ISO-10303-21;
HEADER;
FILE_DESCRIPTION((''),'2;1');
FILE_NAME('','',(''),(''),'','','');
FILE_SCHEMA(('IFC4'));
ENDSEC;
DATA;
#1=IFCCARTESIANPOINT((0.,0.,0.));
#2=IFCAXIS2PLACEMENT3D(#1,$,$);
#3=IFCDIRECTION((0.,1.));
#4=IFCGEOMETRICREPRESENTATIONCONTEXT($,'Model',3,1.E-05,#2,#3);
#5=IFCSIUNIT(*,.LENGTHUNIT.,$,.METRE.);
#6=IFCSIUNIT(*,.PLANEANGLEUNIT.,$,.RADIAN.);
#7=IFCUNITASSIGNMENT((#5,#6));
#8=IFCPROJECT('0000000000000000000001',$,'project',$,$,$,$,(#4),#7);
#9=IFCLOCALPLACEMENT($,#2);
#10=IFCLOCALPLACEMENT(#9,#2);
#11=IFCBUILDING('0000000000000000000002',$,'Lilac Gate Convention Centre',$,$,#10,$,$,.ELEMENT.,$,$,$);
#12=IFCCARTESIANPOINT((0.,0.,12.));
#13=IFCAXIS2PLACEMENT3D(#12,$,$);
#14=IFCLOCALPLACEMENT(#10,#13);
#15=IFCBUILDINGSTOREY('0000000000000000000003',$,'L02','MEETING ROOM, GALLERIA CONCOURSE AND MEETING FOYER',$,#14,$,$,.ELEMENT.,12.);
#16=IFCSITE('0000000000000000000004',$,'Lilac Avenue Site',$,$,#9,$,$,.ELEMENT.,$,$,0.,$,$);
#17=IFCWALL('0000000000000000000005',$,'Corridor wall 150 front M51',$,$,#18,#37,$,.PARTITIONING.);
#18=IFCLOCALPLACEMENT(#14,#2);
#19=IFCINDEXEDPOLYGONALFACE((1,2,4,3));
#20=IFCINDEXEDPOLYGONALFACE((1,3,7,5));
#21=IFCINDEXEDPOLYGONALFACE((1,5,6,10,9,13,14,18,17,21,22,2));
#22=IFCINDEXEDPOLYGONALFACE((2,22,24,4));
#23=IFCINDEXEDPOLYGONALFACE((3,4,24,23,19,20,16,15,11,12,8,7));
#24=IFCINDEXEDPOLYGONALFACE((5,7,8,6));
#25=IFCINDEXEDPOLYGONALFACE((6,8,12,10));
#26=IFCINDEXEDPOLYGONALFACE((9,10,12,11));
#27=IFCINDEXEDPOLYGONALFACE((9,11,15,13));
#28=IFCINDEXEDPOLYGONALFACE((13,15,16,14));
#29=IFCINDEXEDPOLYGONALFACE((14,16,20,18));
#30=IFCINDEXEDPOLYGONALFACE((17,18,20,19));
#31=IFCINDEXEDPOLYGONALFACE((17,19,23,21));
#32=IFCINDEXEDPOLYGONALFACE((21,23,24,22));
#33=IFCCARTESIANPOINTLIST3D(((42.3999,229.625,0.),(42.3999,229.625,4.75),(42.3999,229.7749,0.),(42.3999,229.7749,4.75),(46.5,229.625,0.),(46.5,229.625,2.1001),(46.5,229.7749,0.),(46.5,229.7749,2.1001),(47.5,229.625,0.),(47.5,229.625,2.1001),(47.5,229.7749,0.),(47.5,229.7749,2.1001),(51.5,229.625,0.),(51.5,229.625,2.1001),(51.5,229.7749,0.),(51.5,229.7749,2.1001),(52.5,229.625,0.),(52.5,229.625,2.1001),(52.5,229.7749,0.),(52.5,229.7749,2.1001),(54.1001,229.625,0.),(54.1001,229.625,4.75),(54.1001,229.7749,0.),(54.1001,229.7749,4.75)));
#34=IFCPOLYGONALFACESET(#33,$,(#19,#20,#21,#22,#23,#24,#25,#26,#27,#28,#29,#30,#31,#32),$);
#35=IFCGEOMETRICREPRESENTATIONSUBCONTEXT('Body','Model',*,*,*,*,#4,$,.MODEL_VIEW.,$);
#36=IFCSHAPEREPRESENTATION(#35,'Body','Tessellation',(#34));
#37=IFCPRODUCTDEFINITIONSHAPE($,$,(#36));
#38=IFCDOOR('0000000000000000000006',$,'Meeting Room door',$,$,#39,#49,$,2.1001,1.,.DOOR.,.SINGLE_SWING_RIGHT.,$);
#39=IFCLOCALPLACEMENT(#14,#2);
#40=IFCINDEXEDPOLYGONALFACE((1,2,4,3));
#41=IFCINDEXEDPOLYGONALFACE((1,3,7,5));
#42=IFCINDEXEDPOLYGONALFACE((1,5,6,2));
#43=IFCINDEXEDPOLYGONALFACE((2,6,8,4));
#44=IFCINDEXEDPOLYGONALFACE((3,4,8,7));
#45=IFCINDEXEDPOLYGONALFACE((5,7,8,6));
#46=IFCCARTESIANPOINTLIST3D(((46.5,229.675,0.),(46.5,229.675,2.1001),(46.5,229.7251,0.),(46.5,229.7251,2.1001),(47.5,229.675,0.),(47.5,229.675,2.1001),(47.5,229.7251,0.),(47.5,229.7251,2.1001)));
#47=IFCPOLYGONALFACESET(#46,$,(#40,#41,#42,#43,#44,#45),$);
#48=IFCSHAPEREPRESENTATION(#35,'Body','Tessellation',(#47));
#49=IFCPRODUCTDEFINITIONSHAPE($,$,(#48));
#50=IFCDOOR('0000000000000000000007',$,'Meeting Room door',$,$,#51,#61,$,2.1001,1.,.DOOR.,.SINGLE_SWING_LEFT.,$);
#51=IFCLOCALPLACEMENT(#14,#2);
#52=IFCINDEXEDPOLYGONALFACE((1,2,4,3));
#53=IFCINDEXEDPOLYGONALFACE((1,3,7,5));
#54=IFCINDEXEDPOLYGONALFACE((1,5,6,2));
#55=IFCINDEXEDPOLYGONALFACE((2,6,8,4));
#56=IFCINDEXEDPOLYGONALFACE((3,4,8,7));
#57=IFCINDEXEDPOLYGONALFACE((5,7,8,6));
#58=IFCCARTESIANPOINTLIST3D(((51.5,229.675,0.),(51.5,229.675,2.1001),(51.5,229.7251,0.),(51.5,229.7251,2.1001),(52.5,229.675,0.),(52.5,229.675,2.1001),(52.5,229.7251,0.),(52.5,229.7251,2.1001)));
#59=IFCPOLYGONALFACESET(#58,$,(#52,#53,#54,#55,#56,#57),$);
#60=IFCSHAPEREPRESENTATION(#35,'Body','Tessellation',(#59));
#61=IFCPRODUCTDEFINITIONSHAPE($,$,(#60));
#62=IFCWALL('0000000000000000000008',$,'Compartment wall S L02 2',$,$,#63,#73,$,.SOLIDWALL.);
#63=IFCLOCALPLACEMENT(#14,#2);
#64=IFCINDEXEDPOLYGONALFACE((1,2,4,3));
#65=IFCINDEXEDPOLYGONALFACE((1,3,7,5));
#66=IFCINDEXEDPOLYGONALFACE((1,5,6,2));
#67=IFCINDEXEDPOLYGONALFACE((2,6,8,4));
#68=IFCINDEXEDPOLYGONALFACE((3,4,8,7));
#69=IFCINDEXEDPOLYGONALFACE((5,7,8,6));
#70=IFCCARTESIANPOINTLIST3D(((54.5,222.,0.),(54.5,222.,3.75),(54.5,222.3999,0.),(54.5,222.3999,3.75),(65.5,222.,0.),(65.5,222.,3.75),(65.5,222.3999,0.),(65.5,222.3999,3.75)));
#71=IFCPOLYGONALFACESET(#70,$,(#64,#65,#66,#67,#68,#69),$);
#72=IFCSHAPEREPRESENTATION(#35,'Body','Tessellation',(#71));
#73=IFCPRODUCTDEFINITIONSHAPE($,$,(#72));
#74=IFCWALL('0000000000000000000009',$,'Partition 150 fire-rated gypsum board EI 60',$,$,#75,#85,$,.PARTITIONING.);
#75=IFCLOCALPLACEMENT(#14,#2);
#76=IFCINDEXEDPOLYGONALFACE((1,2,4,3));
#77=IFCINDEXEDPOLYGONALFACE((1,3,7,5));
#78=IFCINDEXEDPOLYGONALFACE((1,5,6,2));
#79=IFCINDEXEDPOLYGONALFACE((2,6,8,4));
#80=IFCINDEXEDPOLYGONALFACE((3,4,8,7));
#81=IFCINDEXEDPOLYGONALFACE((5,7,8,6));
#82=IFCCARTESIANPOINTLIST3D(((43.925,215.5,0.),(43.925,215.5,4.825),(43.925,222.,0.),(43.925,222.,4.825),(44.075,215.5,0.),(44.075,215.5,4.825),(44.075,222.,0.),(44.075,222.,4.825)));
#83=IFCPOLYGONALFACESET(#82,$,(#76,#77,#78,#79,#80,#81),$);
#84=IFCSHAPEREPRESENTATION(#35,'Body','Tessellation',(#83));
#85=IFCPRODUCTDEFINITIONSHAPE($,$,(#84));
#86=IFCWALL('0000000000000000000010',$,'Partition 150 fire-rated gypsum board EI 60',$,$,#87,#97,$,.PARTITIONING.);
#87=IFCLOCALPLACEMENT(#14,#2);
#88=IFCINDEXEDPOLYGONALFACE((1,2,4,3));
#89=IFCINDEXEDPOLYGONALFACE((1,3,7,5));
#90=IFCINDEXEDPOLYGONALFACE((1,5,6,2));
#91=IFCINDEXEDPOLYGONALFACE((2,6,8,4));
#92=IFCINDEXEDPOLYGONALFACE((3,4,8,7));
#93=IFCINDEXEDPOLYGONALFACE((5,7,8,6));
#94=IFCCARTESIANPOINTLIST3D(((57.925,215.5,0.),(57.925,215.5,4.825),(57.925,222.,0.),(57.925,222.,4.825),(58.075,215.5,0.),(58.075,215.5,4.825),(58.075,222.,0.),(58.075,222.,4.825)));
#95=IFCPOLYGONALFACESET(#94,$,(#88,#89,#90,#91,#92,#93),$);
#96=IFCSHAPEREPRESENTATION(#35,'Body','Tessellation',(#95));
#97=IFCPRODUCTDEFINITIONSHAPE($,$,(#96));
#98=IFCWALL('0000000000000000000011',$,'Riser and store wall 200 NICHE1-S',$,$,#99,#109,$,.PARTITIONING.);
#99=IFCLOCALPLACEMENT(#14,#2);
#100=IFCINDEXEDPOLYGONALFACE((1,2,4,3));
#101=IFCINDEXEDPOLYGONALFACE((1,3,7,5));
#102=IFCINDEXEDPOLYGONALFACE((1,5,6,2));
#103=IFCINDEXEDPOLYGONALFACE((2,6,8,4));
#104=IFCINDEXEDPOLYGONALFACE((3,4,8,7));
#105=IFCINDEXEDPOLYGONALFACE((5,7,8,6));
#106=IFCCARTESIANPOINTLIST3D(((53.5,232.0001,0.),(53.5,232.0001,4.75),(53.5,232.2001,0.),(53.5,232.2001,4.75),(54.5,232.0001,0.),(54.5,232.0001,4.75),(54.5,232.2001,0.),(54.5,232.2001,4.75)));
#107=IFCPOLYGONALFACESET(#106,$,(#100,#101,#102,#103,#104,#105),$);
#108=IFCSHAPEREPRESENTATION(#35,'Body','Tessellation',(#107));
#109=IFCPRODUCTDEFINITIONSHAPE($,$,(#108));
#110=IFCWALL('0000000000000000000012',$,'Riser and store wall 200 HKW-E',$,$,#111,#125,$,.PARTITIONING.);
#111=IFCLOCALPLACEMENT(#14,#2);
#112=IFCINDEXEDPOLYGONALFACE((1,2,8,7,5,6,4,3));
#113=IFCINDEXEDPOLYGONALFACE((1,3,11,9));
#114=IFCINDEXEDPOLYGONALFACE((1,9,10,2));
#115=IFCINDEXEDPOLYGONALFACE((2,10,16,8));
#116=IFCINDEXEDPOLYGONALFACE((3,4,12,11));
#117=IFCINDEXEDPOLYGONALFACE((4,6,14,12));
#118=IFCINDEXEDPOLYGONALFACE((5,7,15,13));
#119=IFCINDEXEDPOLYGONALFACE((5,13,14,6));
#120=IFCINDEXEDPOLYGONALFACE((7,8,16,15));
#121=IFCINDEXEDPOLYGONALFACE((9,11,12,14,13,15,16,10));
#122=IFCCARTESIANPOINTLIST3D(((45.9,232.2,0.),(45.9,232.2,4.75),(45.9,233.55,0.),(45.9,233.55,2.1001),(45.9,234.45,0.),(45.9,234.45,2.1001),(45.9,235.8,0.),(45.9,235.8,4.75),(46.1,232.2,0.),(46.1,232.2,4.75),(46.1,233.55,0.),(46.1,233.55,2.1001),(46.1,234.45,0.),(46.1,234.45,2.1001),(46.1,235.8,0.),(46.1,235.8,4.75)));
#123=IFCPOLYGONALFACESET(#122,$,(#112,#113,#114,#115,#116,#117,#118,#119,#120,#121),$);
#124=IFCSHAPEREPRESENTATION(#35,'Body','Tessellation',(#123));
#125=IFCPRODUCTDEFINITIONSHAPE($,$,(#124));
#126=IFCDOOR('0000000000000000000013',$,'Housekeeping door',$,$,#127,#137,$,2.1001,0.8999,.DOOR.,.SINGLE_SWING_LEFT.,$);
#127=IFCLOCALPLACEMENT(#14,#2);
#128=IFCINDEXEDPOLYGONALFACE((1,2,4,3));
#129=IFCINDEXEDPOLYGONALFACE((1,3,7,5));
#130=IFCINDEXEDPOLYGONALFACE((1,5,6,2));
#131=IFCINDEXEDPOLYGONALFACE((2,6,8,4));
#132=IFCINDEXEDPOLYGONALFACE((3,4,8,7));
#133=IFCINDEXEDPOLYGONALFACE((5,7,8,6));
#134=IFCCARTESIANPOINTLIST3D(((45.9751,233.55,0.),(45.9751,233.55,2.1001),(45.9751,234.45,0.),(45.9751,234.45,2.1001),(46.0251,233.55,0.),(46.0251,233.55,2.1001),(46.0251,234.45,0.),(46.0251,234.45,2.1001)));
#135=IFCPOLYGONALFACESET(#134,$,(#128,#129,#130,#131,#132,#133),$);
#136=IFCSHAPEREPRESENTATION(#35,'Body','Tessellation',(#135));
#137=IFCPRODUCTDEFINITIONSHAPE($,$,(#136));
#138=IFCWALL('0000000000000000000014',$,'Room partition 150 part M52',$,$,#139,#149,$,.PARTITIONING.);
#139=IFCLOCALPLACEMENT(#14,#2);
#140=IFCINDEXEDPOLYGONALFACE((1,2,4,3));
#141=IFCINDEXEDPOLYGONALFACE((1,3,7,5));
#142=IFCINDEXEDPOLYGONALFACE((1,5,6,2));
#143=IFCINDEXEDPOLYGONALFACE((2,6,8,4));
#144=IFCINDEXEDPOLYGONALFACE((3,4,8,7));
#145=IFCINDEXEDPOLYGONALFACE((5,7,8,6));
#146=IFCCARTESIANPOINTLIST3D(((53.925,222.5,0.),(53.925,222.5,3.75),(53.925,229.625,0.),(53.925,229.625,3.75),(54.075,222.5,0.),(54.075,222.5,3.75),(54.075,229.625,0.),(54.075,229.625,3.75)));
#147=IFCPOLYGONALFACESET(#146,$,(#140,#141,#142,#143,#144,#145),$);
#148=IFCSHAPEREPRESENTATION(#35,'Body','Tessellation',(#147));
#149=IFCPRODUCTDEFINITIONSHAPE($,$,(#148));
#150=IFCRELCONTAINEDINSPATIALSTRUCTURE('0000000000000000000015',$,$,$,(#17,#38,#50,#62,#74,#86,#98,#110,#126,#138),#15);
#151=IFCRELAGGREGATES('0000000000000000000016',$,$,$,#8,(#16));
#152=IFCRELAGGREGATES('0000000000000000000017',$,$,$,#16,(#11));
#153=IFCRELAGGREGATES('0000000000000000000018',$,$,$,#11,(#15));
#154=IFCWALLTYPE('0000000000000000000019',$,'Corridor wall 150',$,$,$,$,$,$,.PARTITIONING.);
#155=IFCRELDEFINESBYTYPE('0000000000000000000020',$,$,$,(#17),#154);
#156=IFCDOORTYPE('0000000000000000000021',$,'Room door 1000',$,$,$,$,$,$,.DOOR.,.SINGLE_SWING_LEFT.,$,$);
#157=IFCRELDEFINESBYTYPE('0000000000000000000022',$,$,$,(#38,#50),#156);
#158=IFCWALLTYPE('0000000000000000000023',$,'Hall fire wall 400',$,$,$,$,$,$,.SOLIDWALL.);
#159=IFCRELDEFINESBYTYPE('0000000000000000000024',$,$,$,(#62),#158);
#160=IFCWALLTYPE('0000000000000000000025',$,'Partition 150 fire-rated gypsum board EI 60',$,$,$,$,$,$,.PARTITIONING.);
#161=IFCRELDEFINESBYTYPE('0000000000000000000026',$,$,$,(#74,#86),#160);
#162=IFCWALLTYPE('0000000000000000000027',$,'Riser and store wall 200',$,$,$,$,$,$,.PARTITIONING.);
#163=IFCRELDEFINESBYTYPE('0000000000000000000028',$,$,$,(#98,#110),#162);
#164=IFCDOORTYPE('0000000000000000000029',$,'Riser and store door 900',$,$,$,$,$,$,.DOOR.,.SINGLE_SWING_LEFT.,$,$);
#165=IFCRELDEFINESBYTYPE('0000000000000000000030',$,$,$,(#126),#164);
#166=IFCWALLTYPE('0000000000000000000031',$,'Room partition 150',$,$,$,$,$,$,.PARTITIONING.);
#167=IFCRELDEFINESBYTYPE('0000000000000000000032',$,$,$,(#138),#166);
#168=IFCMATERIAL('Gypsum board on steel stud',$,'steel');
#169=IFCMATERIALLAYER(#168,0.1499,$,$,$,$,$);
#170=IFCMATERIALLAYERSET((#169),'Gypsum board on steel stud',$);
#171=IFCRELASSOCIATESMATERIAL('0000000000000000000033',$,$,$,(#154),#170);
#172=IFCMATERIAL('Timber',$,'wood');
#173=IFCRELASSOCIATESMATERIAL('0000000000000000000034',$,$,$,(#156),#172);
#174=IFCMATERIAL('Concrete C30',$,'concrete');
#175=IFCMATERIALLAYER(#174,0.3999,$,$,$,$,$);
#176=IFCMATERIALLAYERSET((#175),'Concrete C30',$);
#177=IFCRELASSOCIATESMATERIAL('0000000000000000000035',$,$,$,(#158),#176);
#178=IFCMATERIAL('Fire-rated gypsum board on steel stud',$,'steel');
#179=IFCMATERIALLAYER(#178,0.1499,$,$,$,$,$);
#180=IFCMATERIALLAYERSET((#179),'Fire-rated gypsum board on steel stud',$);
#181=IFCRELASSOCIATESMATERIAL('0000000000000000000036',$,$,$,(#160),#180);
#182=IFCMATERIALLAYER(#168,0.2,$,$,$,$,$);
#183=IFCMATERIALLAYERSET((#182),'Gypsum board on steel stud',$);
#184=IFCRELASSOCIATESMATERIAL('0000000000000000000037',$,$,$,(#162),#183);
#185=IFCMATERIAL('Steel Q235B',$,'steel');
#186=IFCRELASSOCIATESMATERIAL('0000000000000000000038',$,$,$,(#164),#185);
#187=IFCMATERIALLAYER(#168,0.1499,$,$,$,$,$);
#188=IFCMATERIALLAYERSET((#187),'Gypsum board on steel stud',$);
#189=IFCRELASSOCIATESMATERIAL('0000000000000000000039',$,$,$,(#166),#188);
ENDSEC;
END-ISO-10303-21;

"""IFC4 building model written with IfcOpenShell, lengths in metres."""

from ifc_helpers import new_model, si_unit, direction, frame, frame_2d, origin, place, context, subcontext, project, spatial, rectangle, extrude, material, layer, layer_set, type_object, element, fill, save


model = new_model("IFC4")

# Units and contexts
model_context = context("Model", 3, precision=1e-05, world=origin(), true_north=direction((0.0, 1.0)))
body_context = subcontext(model_context, "Body", "Model", "MODEL_VIEW")
ifc_project = project(units=[si_unit("LENGTHUNIT", "METRE"), si_unit("PLANEANGLEUNIT", "RADIAN")], contexts=[model_context])

# Site, building, storey
site_placement = place(None, origin())
site = spatial("IfcSite", under=ifc_project, at=site_placement, Name="Lilac Avenue Site", CompositionType="ELEMENT", RefElevation=0.0)
building_placement = place(site_placement, origin())
building = spatial("IfcBuilding", under=site, at=building_placement, Name="Lilac Gate Convention Centre", CompositionType="ELEMENT")
storey_placement = place(building_placement, frame((0.0, 0.0, 12.0)))
storey = spatial("IfcBuildingStorey", under=building, at=storey_placement, Name="L02", Description="MEETING ROOM, GALLERIA CONCOURSE AND MEETING FOYER", CompositionType="ELEMENT", Elevation=12.0)

# Wall, openings, doors
ifc_material_1 = material(Name="Gypsum board on steel stud", Category="steel")
ifc_layer_1 = layer(ifc_material_1, 0.1499)
ifc_layer_set_1 = layer_set([ifc_layer_1], Name="Gypsum board on steel stud")
wall_type_1 = type_object("IfcWallType", Name="Corridor wall 150", PredefinedType="PARTITIONING", material=ifc_layer_set_1)
wall_1_placement = place(storey_placement, frame((54.1001, 229.7, 0.0), z_axis=(0.0, 0.0, 1.0), x_axis=(-1.0, 0.0, 0.0)))
wall_1 = element("IfcWall", 1, at=wall_1_placement, inside=storey, type_object=wall_type_1, Name="Corridor wall 150 front M51", PredefinedType="PARTITIONING", context=body_context, shape_type="SweptSolid", body=[
    extrude(rectangle(XDim=11.7002, YDim=0.1499, at=frame_2d((5.8501, 0.0))), origin(), (0.0, 0.0, 1.0), 4.75),
])
opening_1_placement = place(wall_1_placement, frame((6.6001, 0.0, 0.0)))
opening_1 = element("IfcOpeningElement", 2, at=opening_1_placement, cuts=wall_1, PredefinedType="OPENING", context=body_context, shape_type="SweptSolid", body=[
    extrude(rectangle(XDim=1.0, YDim=2.1001, at=frame_2d((0.5, 1.05))), frame((0.0, 0.085, 0.0), z_axis=(0.0, -1.0, 0.0), x_axis=(1.0, 0.0, 0.0)), (0.0, 0.0, 1.0), 0.1699),
])
opening_2_placement = place(wall_1_placement, frame((1.6001, 0.0, 0.0)))
opening_2 = element("IfcOpeningElement", 3, at=opening_2_placement, cuts=wall_1, PredefinedType="OPENING", context=body_context, shape_type="SweptSolid", body=[
    extrude(rectangle(XDim=1.0, YDim=2.1001, at=frame_2d((0.5, 1.05))), frame((0.0, 0.085, 0.0), z_axis=(0.0, -1.0, 0.0), x_axis=(1.0, 0.0, 0.0)), (0.0, 0.0, 1.0), 0.1699),
])
ifc_material_2 = material(Name="Timber", Category="wood")
door_type_1 = type_object("IfcDoorType", Name="Room door 1000", OperationType="SINGLE_SWING_LEFT", PredefinedType="DOOR", material=ifc_material_2)
door_1_placement = place(opening_1_placement, origin())
door_1 = element("IfcDoor", 4, at=door_1_placement, inside=storey, type_object=door_type_1, Name="Meeting Room door", OperationType="SINGLE_SWING_RIGHT", OverallHeight=2.1001, OverallWidth=1.0, PredefinedType="DOOR", context=body_context, shape_type="SweptSolid", body=[
    extrude(rectangle(XDim=1.0, YDim=2.1001, at=frame_2d((0.5, 1.05))), frame((0.0, 0.0249, 0.0), z_axis=(0.0, -1.0, 0.0), x_axis=(1.0, 0.0, 0.0)), (0.0, 0.0, 1.0), 0.05),
])
fill(opening_1, door_1)
door_2_placement = place(opening_2_placement, origin())
door_2 = element("IfcDoor", 5, at=door_2_placement, inside=storey, type_object=door_type_1, Name="Meeting Room door", OperationType="SINGLE_SWING_LEFT", OverallHeight=2.1001, OverallWidth=1.0, PredefinedType="DOOR", context=body_context, shape_type="SweptSolid", body=[
    extrude(rectangle(XDim=1.0, YDim=2.1001, at=frame_2d((0.5, 1.05))), frame((0.0, 0.0249, 0.0), z_axis=(0.0, -1.0, 0.0), x_axis=(1.0, 0.0, 0.0)), (0.0, 0.0, 1.0), 0.05),
])
fill(opening_2, door_2)

# Walls
ifc_material_3 = material(Name="Concrete C30", Category="concrete")
ifc_layer_2 = layer(ifc_material_3, 0.3999)
ifc_layer_set_2 = layer_set([ifc_layer_2], Name="Concrete C30")
wall_type_2 = type_object("IfcWallType", Name="Hall fire wall 400", PredefinedType="SOLIDWALL", material=ifc_layer_set_2)
wall_2_placement = place(storey_placement, frame((54.5, 222.2, 0.0), z_axis=(0.0, 0.0, 1.0), x_axis=(1.0, 0.0, 0.0)))
element("IfcWall", 6, at=wall_2_placement, inside=storey, type_object=wall_type_2, Name="Compartment wall S L02 2", PredefinedType="SOLIDWALL", context=body_context, shape_type="SweptSolid", body=[
    extrude(rectangle(XDim=11.0, YDim=0.3999, at=frame_2d((5.5, 0.0))), origin(), (0.0, 0.0, 1.0), 3.75),
])
ifc_material_4 = material(Name="Fire-rated gypsum board on steel stud", Category="steel")
ifc_layer_3 = layer(ifc_material_4, 0.1499)
ifc_layer_set_3 = layer_set([ifc_layer_3], Name="Fire-rated gypsum board on steel stud")
wall_type_3 = type_object("IfcWallType", Name="Partition 150 fire-rated gypsum board EI 60", PredefinedType="PARTITIONING", material=ifc_layer_set_3)
for number, where, z_axis, x_axis, name in (
    (7, (44.0, 215.5, 0.0), (0.0, 0.0, 1.0), (0.0, 1.0, 0.0), "Partition 150 fire-rated gypsum board EI 60"),
    (8, (58.0, 215.5, 0.0), (0.0, 0.0, 1.0), (0.0, 1.0, 0.0), "Partition 150 fire-rated gypsum board EI 60"),
):
    element("IfcWall", number, at=place(storey_placement, frame(where, z_axis=z_axis, x_axis=x_axis)), inside=storey, type_object=wall_type_3, Name=name, PredefinedType="PARTITIONING", context=body_context, shape_type="SweptSolid", body=[
        extrude(rectangle(XDim=6.5, YDim=0.1499, at=frame_2d((3.25, 0.0))), origin(), (0.0, 0.0, 1.0), 4.825),
    ])
ifc_layer_4 = layer(ifc_material_1, 0.2)
ifc_layer_set_4 = layer_set([ifc_layer_4], Name="Gypsum board on steel stud")
wall_type_4 = type_object("IfcWallType", Name="Riser and store wall 200", PredefinedType="PARTITIONING", material=ifc_layer_set_4)
wall_3_placement = place(storey_placement, frame((53.5, 232.1001, 0.0), z_axis=(0.0, 0.0, 1.0), x_axis=(1.0, 0.0, 0.0)))
element("IfcWall", 9, at=wall_3_placement, inside=storey, type_object=wall_type_4, Name="Riser and store wall 200 NICHE1-S", PredefinedType="PARTITIONING", context=body_context, shape_type="SweptSolid", body=[
    extrude(rectangle(XDim=1.0, YDim=0.2, at=frame_2d((0.5, 0.0))), origin(), (0.0, 0.0, 1.0), 4.75),
])

# Wall, opening, door
wall_4_placement = place(storey_placement, frame((46.0, 232.2, 0.0), z_axis=(0.0, 0.0, 1.0), x_axis=(0.0, 1.0, 0.0)))
wall_4 = element("IfcWall", 10, at=wall_4_placement, inside=storey, type_object=wall_type_4, Name="Riser and store wall 200 HKW-E", PredefinedType="PARTITIONING", context=body_context, shape_type="SweptSolid", body=[
    extrude(rectangle(XDim=3.6001, YDim=0.2, at=frame_2d((1.8, 0.0))), origin(), (0.0, 0.0, 1.0), 4.75),
])
opening_3_placement = place(wall_4_placement, frame((1.3501, 0.0, 0.0)))
opening_3 = element("IfcOpeningElement", 11, at=opening_3_placement, cuts=wall_4, PredefinedType="OPENING", context=body_context, shape_type="SweptSolid", body=[
    extrude(rectangle(XDim=0.8999, YDim=2.1001, at=frame_2d((0.45, 1.05))), frame((0.0, 0.1099, 0.0), z_axis=(0.0, -1.0, 0.0), x_axis=(1.0, 0.0, 0.0)), (0.0, 0.0, 1.0), 0.22),
])
ifc_material_5 = material(Name="Steel Q235B", Category="steel")
door_type_2 = type_object("IfcDoorType", Name="Riser and store door 900", OperationType="SINGLE_SWING_LEFT", PredefinedType="DOOR", material=ifc_material_5)
door_3_placement = place(opening_3_placement, origin())
door_3 = element("IfcDoor", 12, at=door_3_placement, inside=storey, type_object=door_type_2, Name="Housekeeping door", OperationType="SINGLE_SWING_LEFT", OverallHeight=2.1001, OverallWidth=0.8999, PredefinedType="DOOR", context=body_context, shape_type="SweptSolid", body=[
    extrude(rectangle(XDim=0.8999, YDim=2.1001, at=frame_2d((0.45, 1.05))), frame((0.0, 0.0249, 0.0), z_axis=(0.0, -1.0, 0.0), x_axis=(1.0, 0.0, 0.0)), (0.0, 0.0, 1.0), 0.05),
])
fill(opening_3, door_3)

# Wall
ifc_layer_5 = layer(ifc_material_1, 0.1499)
ifc_layer_set_5 = layer_set([ifc_layer_5], Name="Gypsum board on steel stud")
wall_type_5 = type_object("IfcWallType", Name="Room partition 150", PredefinedType="PARTITIONING", material=ifc_layer_set_5)
wall_5_placement = place(storey_placement, frame((54.0, 222.5, 0.0), z_axis=(0.0, 0.0, 1.0), x_axis=(0.0, 1.0, 0.0)))
element("IfcWall", 13, at=wall_5_placement, inside=storey, type_object=wall_type_5, Name="Room partition 150 part M52", PredefinedType="PARTITIONING", context=body_context, shape_type="SweptSolid", body=[
    extrude(rectangle(XDim=7.125, YDim=0.1499, at=frame_2d((3.5625, 0.0))), origin(), (0.0, 0.0, 1.0), 3.75),
])

save(model, "model.ifc")
